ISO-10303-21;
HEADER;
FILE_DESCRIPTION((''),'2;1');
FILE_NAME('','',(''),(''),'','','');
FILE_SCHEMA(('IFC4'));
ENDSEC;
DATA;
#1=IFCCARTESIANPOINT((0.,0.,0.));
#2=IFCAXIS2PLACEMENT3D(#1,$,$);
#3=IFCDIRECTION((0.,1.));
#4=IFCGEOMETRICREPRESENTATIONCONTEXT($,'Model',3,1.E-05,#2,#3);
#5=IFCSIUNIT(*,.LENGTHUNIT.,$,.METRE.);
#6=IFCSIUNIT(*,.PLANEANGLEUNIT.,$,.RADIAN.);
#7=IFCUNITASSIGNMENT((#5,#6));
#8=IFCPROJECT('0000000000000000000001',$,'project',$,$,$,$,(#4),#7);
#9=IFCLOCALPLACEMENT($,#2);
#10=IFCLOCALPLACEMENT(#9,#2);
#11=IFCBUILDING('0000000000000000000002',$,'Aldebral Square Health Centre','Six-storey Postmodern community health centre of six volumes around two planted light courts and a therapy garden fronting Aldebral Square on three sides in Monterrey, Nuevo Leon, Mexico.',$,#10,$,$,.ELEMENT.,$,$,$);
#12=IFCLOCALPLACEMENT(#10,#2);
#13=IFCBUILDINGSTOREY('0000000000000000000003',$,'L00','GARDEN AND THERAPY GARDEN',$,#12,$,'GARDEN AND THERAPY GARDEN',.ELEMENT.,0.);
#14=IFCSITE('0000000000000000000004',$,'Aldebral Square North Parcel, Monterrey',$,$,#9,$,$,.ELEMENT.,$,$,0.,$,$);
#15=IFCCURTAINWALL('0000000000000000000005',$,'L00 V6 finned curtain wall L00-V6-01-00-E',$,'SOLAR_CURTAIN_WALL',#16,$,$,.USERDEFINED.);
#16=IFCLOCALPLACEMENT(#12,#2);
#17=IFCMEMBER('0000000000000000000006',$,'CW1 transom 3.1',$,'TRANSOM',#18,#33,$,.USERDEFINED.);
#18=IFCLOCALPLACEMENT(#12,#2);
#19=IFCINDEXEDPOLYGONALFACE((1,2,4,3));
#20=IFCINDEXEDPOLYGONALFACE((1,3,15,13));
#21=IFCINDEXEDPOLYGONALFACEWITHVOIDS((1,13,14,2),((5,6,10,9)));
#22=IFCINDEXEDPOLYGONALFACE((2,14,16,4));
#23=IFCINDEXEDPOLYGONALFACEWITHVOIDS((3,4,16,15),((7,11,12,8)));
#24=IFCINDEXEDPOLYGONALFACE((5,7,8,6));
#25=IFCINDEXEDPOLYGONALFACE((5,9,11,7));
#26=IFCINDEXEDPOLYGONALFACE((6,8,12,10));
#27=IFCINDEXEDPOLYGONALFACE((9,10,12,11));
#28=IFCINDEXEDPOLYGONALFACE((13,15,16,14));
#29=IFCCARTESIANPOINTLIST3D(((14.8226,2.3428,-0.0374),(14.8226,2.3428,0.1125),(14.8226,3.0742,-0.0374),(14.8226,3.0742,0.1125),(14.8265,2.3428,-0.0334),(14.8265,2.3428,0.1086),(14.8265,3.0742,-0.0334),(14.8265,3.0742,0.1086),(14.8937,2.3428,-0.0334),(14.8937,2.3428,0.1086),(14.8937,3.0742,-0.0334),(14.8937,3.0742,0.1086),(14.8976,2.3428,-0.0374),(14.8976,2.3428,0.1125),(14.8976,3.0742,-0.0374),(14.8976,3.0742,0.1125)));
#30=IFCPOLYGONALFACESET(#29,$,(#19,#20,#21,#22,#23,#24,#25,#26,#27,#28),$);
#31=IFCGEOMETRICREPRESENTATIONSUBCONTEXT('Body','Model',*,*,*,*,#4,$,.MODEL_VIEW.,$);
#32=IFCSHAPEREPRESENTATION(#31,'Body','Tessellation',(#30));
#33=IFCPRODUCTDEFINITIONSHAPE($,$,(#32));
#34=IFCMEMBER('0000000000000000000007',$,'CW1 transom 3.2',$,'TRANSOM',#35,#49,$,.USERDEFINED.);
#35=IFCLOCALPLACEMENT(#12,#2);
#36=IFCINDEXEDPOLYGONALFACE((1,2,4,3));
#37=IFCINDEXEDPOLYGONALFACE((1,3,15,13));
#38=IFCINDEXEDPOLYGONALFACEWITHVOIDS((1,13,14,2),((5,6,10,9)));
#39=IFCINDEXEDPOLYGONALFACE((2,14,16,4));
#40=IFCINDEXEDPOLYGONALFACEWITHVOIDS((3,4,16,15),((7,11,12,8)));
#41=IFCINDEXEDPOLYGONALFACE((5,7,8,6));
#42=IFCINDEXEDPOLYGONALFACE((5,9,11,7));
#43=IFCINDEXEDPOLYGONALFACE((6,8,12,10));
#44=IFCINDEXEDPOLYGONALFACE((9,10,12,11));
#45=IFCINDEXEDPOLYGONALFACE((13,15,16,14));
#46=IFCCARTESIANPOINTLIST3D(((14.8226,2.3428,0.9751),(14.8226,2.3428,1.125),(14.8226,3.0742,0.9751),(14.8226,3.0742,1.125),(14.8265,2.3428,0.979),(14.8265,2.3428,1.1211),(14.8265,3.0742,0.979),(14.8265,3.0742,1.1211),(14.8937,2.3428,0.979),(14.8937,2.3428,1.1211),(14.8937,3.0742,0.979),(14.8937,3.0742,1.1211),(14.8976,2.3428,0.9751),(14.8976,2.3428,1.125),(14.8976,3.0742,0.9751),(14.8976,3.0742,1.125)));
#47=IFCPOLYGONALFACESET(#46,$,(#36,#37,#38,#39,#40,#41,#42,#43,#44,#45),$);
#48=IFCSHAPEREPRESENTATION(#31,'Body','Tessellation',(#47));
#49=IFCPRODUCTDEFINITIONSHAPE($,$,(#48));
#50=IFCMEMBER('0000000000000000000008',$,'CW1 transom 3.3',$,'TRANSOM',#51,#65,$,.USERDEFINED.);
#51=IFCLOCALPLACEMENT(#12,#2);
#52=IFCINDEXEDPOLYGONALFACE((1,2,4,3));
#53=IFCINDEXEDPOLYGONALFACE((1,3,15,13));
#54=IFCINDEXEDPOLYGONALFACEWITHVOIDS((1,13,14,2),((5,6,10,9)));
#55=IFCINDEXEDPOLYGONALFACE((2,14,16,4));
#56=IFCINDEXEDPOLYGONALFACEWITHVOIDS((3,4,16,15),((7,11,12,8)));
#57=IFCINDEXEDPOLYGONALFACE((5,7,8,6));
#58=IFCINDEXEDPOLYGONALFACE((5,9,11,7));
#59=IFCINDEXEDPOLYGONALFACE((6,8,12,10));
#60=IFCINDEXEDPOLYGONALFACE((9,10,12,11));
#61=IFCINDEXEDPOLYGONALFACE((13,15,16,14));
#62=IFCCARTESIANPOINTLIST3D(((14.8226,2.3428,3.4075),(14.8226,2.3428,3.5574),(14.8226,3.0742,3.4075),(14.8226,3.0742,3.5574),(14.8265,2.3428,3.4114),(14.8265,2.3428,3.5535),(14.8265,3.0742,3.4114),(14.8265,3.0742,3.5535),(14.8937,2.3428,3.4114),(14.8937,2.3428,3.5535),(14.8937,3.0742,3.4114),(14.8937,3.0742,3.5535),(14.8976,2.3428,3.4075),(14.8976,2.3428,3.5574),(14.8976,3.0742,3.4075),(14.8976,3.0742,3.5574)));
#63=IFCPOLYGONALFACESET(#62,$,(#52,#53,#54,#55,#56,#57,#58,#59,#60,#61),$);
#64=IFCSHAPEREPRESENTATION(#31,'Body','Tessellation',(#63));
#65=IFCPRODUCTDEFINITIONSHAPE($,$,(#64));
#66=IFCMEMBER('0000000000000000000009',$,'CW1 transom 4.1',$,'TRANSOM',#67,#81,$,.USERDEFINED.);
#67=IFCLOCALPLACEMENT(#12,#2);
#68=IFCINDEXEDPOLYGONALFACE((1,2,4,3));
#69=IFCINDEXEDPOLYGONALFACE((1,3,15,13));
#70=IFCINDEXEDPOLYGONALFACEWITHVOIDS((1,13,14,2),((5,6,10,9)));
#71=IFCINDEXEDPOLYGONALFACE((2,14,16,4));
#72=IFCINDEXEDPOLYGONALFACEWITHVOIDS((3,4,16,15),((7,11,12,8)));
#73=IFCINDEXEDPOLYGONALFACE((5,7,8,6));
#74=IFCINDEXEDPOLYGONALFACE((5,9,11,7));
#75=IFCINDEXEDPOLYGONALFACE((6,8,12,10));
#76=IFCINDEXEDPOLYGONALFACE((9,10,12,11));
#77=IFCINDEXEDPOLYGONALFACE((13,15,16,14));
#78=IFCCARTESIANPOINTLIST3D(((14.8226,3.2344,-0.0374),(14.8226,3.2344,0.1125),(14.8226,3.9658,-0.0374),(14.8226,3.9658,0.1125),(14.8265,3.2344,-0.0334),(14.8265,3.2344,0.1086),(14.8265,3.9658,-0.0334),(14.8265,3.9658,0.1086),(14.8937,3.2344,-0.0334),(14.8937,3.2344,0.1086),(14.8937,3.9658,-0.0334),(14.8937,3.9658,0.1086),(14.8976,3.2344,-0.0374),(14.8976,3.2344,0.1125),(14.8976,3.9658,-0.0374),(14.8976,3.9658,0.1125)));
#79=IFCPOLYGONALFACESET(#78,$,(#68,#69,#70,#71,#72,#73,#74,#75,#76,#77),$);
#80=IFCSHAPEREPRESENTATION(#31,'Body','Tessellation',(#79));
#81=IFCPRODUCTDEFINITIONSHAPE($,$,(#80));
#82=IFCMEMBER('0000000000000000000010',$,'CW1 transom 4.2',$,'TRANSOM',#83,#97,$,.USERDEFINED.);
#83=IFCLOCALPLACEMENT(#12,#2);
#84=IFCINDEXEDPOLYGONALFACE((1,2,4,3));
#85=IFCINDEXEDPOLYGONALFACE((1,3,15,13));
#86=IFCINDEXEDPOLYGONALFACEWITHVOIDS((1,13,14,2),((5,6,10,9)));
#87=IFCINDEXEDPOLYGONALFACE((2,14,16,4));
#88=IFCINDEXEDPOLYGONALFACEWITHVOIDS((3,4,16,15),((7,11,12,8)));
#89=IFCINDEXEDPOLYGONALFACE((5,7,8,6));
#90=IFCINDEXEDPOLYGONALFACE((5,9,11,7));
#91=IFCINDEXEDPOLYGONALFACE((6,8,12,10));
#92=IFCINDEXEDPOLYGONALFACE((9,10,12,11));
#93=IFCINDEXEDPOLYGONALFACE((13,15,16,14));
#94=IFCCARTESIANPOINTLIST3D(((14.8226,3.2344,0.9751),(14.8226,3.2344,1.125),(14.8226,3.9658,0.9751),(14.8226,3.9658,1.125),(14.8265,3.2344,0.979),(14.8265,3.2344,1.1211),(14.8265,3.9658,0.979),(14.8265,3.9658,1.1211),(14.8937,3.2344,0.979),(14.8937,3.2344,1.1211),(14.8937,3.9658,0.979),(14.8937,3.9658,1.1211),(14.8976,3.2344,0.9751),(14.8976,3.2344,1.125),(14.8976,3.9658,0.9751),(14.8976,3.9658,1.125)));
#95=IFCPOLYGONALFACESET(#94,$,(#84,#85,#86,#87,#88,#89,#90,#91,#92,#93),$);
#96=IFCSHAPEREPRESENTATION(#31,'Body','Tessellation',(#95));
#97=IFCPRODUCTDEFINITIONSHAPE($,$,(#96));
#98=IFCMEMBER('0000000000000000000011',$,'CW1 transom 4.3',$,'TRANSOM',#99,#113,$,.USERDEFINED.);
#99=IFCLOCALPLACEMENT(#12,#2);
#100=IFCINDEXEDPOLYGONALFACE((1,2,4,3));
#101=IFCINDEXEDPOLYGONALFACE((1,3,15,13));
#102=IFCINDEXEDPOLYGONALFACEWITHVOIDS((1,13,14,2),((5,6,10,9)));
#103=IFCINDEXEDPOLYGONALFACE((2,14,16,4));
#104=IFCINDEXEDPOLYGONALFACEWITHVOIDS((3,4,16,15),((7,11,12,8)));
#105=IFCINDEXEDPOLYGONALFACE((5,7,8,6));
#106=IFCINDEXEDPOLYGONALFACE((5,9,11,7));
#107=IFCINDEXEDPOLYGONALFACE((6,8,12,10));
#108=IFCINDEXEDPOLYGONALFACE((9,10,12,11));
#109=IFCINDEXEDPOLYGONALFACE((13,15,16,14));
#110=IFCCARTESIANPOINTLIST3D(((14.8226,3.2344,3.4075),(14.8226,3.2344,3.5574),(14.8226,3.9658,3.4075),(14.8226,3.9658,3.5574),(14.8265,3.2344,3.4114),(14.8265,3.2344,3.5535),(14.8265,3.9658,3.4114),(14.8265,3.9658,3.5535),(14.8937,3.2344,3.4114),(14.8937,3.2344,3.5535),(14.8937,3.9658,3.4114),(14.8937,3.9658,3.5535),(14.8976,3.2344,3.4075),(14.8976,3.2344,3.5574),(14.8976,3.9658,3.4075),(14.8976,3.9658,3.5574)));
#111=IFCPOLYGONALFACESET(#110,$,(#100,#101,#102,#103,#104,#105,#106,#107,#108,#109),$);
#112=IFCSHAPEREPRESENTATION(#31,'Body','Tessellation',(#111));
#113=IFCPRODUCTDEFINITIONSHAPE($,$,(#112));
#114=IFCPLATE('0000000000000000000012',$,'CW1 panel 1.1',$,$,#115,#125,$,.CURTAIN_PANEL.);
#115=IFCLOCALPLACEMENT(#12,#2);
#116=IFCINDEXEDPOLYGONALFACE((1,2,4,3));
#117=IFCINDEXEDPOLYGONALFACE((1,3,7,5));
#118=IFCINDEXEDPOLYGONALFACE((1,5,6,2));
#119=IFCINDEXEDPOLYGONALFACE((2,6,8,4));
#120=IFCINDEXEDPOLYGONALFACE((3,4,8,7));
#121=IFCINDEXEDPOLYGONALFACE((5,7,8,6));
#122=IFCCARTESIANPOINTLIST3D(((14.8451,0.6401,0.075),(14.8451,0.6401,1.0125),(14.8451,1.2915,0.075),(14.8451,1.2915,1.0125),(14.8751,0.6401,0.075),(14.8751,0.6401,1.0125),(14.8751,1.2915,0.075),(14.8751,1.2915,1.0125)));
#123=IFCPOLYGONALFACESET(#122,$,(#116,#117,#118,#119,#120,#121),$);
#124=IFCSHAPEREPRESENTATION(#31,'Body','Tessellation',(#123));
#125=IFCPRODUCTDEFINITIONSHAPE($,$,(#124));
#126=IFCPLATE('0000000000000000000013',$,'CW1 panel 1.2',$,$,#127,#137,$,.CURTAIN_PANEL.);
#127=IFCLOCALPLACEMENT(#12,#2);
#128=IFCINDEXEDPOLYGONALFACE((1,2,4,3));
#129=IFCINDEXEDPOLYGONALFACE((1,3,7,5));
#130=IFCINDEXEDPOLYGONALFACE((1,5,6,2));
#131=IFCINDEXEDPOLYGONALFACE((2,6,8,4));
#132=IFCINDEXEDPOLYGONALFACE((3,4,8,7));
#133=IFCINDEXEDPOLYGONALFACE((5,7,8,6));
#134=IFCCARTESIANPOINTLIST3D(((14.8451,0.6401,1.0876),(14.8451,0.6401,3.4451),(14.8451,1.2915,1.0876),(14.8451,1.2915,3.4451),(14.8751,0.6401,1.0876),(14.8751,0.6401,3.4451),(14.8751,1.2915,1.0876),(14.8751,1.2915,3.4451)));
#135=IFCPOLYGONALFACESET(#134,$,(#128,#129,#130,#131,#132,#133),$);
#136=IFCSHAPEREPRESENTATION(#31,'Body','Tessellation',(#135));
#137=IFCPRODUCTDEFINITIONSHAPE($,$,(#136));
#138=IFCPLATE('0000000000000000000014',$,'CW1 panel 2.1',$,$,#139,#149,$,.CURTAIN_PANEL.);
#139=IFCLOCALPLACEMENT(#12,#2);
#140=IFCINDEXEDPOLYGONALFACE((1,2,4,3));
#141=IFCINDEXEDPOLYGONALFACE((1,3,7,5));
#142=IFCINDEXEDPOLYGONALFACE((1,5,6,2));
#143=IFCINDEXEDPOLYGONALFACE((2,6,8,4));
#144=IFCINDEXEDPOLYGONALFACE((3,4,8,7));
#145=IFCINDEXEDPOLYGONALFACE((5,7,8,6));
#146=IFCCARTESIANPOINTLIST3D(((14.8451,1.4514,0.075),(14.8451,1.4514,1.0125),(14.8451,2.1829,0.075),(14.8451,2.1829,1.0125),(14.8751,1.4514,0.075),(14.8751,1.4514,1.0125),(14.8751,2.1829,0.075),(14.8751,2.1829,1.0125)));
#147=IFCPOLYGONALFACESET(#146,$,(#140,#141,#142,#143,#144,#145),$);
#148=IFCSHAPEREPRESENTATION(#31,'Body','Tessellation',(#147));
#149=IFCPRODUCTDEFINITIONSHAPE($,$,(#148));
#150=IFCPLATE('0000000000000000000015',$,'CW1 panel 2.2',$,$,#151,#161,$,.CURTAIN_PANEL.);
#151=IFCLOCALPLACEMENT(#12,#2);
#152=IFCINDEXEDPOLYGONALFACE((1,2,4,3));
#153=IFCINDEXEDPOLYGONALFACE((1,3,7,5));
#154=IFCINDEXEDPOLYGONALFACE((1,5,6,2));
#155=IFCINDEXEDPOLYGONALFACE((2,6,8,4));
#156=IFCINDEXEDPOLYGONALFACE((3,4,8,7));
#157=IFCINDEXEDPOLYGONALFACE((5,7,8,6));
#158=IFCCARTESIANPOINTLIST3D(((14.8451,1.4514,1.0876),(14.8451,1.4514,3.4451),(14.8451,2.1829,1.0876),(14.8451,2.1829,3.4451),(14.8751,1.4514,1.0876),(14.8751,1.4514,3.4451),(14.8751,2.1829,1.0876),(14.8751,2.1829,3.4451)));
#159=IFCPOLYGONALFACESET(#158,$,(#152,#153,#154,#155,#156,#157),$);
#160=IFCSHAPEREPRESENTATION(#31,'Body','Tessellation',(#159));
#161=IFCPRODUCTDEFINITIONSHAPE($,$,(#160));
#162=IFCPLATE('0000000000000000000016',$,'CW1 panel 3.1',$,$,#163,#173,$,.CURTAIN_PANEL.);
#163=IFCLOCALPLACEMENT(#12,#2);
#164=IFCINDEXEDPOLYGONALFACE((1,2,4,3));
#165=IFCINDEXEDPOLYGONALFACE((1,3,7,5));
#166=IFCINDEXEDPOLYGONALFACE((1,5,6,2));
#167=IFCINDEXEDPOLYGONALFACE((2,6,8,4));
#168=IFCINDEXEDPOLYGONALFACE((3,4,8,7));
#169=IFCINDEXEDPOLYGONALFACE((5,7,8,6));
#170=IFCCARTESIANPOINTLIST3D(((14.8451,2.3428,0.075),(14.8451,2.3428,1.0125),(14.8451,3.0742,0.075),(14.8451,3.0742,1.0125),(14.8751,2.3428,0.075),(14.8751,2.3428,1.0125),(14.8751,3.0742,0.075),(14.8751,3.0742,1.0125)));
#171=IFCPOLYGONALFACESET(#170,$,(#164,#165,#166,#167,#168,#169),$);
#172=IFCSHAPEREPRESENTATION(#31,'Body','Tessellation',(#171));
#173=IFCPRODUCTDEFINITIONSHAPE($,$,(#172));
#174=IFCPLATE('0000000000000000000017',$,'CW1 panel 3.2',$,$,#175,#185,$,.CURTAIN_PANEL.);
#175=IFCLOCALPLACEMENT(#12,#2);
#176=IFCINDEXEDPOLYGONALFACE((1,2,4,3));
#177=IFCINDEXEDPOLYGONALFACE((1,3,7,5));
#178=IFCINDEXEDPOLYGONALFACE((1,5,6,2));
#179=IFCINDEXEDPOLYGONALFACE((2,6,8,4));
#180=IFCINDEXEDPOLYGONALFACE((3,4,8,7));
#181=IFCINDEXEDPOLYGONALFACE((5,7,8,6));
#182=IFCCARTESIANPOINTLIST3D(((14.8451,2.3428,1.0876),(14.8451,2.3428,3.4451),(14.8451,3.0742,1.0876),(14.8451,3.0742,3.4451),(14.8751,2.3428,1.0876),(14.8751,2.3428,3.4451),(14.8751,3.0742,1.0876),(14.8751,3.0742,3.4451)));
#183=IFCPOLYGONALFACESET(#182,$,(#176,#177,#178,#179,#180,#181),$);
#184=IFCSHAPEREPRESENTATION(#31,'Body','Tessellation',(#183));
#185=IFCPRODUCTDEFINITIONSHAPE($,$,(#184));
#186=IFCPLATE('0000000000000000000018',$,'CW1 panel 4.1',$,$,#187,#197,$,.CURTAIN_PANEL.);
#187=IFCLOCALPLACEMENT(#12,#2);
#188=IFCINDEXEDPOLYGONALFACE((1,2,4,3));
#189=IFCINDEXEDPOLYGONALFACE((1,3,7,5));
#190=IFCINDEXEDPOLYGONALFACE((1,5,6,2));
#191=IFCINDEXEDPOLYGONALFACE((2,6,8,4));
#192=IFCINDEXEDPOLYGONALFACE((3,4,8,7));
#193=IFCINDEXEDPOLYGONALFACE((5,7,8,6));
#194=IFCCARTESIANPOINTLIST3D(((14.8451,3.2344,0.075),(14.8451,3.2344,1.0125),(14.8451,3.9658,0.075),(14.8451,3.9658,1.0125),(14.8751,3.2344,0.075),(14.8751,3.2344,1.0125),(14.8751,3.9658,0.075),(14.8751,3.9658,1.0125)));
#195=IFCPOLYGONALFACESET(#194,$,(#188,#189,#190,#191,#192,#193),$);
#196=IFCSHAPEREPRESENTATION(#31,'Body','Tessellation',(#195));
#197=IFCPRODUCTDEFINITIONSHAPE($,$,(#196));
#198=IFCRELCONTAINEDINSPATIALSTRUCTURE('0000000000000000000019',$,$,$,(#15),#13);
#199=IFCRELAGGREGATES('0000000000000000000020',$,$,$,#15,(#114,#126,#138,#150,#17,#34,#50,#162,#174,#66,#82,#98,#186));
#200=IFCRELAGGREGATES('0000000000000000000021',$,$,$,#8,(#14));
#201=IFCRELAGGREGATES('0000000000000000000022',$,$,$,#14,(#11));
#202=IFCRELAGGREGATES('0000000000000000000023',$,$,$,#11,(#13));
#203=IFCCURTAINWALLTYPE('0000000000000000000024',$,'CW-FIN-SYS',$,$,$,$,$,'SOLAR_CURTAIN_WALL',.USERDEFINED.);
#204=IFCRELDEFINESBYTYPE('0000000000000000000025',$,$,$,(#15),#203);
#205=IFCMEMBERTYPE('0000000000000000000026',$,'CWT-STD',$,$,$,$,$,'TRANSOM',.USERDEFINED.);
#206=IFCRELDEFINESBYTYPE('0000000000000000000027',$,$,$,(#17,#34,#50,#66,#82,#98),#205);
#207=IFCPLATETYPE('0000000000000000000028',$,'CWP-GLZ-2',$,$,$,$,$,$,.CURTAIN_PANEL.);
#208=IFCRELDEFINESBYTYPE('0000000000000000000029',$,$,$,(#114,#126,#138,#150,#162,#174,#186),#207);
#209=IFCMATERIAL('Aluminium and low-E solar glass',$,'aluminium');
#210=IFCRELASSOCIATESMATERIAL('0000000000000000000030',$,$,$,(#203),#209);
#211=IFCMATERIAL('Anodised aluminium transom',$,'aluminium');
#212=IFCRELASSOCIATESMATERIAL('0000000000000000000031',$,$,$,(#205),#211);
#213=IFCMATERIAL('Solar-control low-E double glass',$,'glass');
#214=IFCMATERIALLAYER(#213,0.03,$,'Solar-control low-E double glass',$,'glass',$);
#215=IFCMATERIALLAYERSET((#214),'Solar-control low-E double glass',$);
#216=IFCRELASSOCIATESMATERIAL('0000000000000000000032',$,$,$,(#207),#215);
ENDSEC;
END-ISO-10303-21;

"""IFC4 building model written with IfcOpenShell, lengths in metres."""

from ifc_helpers import new_model, si_unit, direction, frame, origin, origin_2d, place, context, subcontext, project, spatial, rectangle, hollow_rectangle, extrude, material, layer, layer_set, material_profile, profile_set, type_object, element, aggregate, save


model = new_model("IFC4")

# Units and contexts
model_context = context("Model", 3, precision=1e-05, world=origin(), true_north=direction((0.0, 1.0)))
body_context = subcontext(model_context, "Body", "Model", "MODEL_VIEW")
ifc_project = project(units=[si_unit("LENGTHUNIT", "METRE"), si_unit("PLANEANGLEUNIT", "RADIAN")], contexts=[model_context])

# Site, building, storey
site_placement = place(None, origin())
site = spatial("IfcSite", under=ifc_project, at=site_placement, Name="Aldebral Square North Parcel, Monterrey", CompositionType="ELEMENT", RefElevation=0.0)
building_placement = place(site_placement, origin())
building = spatial("IfcBuilding", under=site, at=building_placement, Name="Aldebral Square Health Centre", Description="Six-storey Postmodern community health centre of six volumes around two planted light courts and a therapy garden fronting Aldebral Square on three sides in Monterrey, Nuevo Leon, Mexico.", CompositionType="ELEMENT")
storey_placement = place(building_placement, origin())
storey = spatial("IfcBuildingStorey", under=building, at=storey_placement, Name="L00", Description="GARDEN AND THERAPY GARDEN", LongName="GARDEN AND THERAPY GARDEN", CompositionType="ELEMENT", Elevation=0.0)

# Curtain wall, members, plates
ifc_material_1 = material(Name="Aluminium and low-E solar glass", Category="aluminium")
curtain_wall_type = type_object("IfcCurtainWallType", Name="CW-FIN-SYS", ElementType="SOLAR_CURTAIN_WALL", PredefinedType="USERDEFINED", material=ifc_material_1)
curtain_wall_placement = place(storey_placement, origin())
curtain_wall = element("IfcCurtainWall", 1, at=curtain_wall_placement, inside=storey, type_object=curtain_wall_type, Name="L00 V6 finned curtain wall L00-V6-01-00-E", ObjectType="SOLAR_CURTAIN_WALL", PredefinedType="USERDEFINED")
ifc_material_2 = material(Name="Anodised aluminium transom", Category="aluminium")
ifc_material_profile_1 = material_profile(ifc_material_2, hollow_rectangle(XDim=0.075, YDim=0.1499, WallThickness=0.0039, at=origin_2d()), Name="CWT 75x150x4")
ifc_profile_set_1 = profile_set([ifc_material_profile_1], Name="Anodised aluminium transom")
member_type_1 = type_object("IfcMemberType", Name="CWT-STD", ElementType="TRANSOM", PredefinedType="USERDEFINED", material=ifc_profile_set_1)
member_1_placement = place(storey_placement, frame((14.8601, 2.3428, 0.0376), z_axis=(0.0, 1.0, 0.0), x_axis=(-1.0, 0.0, 0.0)))
member_1 = element("IfcMember", 2, at=member_1_placement, type_object=member_type_1, Name="CW1 transom 3.1", ObjectType="TRANSOM", PredefinedType="USERDEFINED", context=body_context, shape_type="SweptSolid", body=[
    extrude(hollow_rectangle(XDim=0.075, YDim=0.1499, WallThickness=0.0039, at=origin_2d()), origin(), (0.0, 0.0, 1.0), 0.7314),
])
member_2_placement = place(storey_placement, frame((14.8601, 2.3428, 1.05), z_axis=(0.0, 1.0, 0.0), x_axis=(-1.0, 0.0, 0.0)))
member_2 = element("IfcMember", 3, at=member_2_placement, type_object=member_type_1, Name="CW1 transom 3.2", ObjectType="TRANSOM", PredefinedType="USERDEFINED", context=body_context, shape_type="SweptSolid", body=[
    extrude(hollow_rectangle(XDim=0.075, YDim=0.1499, WallThickness=0.0039, at=origin_2d()), origin(), (0.0, 0.0, 1.0), 0.7314),
])
member_3_placement = place(storey_placement, frame((14.8601, 2.3428, 3.4824), z_axis=(0.0, 1.0, 0.0), x_axis=(-1.0, 0.0, 0.0)))
member_3 = element("IfcMember", 4, at=member_3_placement, type_object=member_type_1, Name="CW1 transom 3.3", ObjectType="TRANSOM", PredefinedType="USERDEFINED", context=body_context, shape_type="SweptSolid", body=[
    extrude(hollow_rectangle(XDim=0.075, YDim=0.1499, WallThickness=0.0039, at=origin_2d()), origin(), (0.0, 0.0, 1.0), 0.7314),
])
member_4_placement = place(storey_placement, frame((14.8601, 3.2344, 0.0376), z_axis=(0.0, 1.0, 0.0), x_axis=(-1.0, 0.0, 0.0)))
member_4 = element("IfcMember", 5, at=member_4_placement, type_object=member_type_1, Name="CW1 transom 4.1", ObjectType="TRANSOM", PredefinedType="USERDEFINED", context=body_context, shape_type="SweptSolid", body=[
    extrude(hollow_rectangle(XDim=0.075, YDim=0.1499, WallThickness=0.0039, at=origin_2d()), origin(), (0.0, 0.0, 1.0), 0.7314),
])
member_5_placement = place(storey_placement, frame((14.8601, 3.2344, 1.05), z_axis=(0.0, 1.0, 0.0), x_axis=(-1.0, 0.0, 0.0)))
member_5 = element("IfcMember", 6, at=member_5_placement, type_object=member_type_1, Name="CW1 transom 4.2", ObjectType="TRANSOM", PredefinedType="USERDEFINED", context=body_context, shape_type="SweptSolid", body=[
    extrude(hollow_rectangle(XDim=0.075, YDim=0.1499, WallThickness=0.0039, at=origin_2d()), origin(), (0.0, 0.0, 1.0), 0.7314),
])
member_6_placement = place(storey_placement, frame((14.8601, 3.2344, 3.4824), z_axis=(0.0, 1.0, 0.0), x_axis=(-1.0, 0.0, 0.0)))
member_6 = element("IfcMember", 7, at=member_6_placement, type_object=member_type_1, Name="CW1 transom 4.3", ObjectType="TRANSOM", PredefinedType="USERDEFINED", context=body_context, shape_type="SweptSolid", body=[
    extrude(hollow_rectangle(XDim=0.075, YDim=0.1499, WallThickness=0.0039, at=origin_2d()), origin(), (0.0, 0.0, 1.0), 0.7314),
])
ifc_material_3 = material(Name="Solar-control low-E double glass", Category="glass")
ifc_layer_1 = layer(ifc_material_3, 0.03, Name="Solar-control low-E double glass", Category="glass")
ifc_layer_set_1 = layer_set([ifc_layer_1], Name="Solar-control low-E double glass")
plate_type = type_object("IfcPlateType", Name="CWP-GLZ-2", PredefinedType="CURTAIN_PANEL", material=ifc_layer_set_1)
plate_1_placement = place(storey_placement, frame((14.8601, 0.9658, 0.075), z_axis=(0.0, 0.0, 1.0), x_axis=(0.0, 1.0, 0.0)))
plate_1 = element("IfcPlate", 8, at=plate_1_placement, type_object=plate_type, Name="CW1 panel 1.1", PredefinedType="CURTAIN_PANEL", context=body_context, shape_type="SweptSolid", body=[
    extrude(rectangle(XDim=0.6514, YDim=0.03, at=origin_2d()), origin(), (0.0, 0.0, 1.0), 0.9375),
])
plate_2_placement = place(storey_placement, frame((14.8601, 0.9658, 1.0876), z_axis=(0.0, 0.0, 1.0), x_axis=(0.0, 1.0, 0.0)))
plate_2 = element("IfcPlate", 9, at=plate_2_placement, type_object=plate_type, Name="CW1 panel 1.2", PredefinedType="CURTAIN_PANEL", context=body_context, shape_type="SweptSolid", body=[
    extrude(rectangle(XDim=0.6514, YDim=0.03, at=origin_2d()), origin(), (0.0, 0.0, 1.0), 2.3574),
])
plate_3_placement = place(storey_placement, frame((14.8601, 1.8171, 0.075), z_axis=(0.0, 0.0, 1.0), x_axis=(0.0, 1.0, 0.0)))
plate_3 = element("IfcPlate", 10, at=plate_3_placement, type_object=plate_type, Name="CW1 panel 2.1", PredefinedType="CURTAIN_PANEL", context=body_context, shape_type="SweptSolid", body=[
    extrude(rectangle(XDim=0.7314, YDim=0.03, at=origin_2d()), origin(), (0.0, 0.0, 1.0), 0.9375),
])
plate_4_placement = place(storey_placement, frame((14.8601, 1.8171, 1.0876), z_axis=(0.0, 0.0, 1.0), x_axis=(0.0, 1.0, 0.0)))
plate_4 = element("IfcPlate", 11, at=plate_4_placement, type_object=plate_type, Name="CW1 panel 2.2", PredefinedType="CURTAIN_PANEL", context=body_context, shape_type="SweptSolid", body=[
    extrude(rectangle(XDim=0.7314, YDim=0.03, at=origin_2d()), origin(), (0.0, 0.0, 1.0), 2.3574),
])
plate_5_placement = place(storey_placement, frame((14.8601, 2.7085, 0.075), z_axis=(0.0, 0.0, 1.0), x_axis=(0.0, 1.0, 0.0)))
plate_5 = element("IfcPlate", 12, at=plate_5_placement, type_object=plate_type, Name="CW1 panel 3.1", PredefinedType="CURTAIN_PANEL", context=body_context, shape_type="SweptSolid", body=[
    extrude(rectangle(XDim=0.7314, YDim=0.03, at=origin_2d()), origin(), (0.0, 0.0, 1.0), 0.9375),
])
plate_6_placement = place(storey_placement, frame((14.8601, 2.7085, 1.0876), z_axis=(0.0, 0.0, 1.0), x_axis=(0.0, 1.0, 0.0)))
plate_6 = element("IfcPlate", 13, at=plate_6_placement, type_object=plate_type, Name="CW1 panel 3.2", PredefinedType="CURTAIN_PANEL", context=body_context, shape_type="SweptSolid", body=[
    extrude(rectangle(XDim=0.7314, YDim=0.03, at=origin_2d()), origin(), (0.0, 0.0, 1.0), 2.3574),
])
plate_7_placement = place(storey_placement, frame((14.8601, 3.6001, 0.075), z_axis=(0.0, 0.0, 1.0), x_axis=(0.0, 1.0, 0.0)))
plate_7 = element("IfcPlate", 14, at=plate_7_placement, type_object=plate_type, Name="CW1 panel 4.1", PredefinedType="CURTAIN_PANEL", context=body_context, shape_type="SweptSolid", body=[
    extrude(rectangle(XDim=0.7314, YDim=0.03, at=origin_2d()), origin(), (0.0, 0.0, 1.0), 0.9375),
])
aggregate(curtain_wall, [plate_1, plate_2, plate_3, plate_4, member_1, member_2, member_3, plate_5, plate_6, member_4, member_5, member_6, plate_7])

save(model, "model.ifc")
